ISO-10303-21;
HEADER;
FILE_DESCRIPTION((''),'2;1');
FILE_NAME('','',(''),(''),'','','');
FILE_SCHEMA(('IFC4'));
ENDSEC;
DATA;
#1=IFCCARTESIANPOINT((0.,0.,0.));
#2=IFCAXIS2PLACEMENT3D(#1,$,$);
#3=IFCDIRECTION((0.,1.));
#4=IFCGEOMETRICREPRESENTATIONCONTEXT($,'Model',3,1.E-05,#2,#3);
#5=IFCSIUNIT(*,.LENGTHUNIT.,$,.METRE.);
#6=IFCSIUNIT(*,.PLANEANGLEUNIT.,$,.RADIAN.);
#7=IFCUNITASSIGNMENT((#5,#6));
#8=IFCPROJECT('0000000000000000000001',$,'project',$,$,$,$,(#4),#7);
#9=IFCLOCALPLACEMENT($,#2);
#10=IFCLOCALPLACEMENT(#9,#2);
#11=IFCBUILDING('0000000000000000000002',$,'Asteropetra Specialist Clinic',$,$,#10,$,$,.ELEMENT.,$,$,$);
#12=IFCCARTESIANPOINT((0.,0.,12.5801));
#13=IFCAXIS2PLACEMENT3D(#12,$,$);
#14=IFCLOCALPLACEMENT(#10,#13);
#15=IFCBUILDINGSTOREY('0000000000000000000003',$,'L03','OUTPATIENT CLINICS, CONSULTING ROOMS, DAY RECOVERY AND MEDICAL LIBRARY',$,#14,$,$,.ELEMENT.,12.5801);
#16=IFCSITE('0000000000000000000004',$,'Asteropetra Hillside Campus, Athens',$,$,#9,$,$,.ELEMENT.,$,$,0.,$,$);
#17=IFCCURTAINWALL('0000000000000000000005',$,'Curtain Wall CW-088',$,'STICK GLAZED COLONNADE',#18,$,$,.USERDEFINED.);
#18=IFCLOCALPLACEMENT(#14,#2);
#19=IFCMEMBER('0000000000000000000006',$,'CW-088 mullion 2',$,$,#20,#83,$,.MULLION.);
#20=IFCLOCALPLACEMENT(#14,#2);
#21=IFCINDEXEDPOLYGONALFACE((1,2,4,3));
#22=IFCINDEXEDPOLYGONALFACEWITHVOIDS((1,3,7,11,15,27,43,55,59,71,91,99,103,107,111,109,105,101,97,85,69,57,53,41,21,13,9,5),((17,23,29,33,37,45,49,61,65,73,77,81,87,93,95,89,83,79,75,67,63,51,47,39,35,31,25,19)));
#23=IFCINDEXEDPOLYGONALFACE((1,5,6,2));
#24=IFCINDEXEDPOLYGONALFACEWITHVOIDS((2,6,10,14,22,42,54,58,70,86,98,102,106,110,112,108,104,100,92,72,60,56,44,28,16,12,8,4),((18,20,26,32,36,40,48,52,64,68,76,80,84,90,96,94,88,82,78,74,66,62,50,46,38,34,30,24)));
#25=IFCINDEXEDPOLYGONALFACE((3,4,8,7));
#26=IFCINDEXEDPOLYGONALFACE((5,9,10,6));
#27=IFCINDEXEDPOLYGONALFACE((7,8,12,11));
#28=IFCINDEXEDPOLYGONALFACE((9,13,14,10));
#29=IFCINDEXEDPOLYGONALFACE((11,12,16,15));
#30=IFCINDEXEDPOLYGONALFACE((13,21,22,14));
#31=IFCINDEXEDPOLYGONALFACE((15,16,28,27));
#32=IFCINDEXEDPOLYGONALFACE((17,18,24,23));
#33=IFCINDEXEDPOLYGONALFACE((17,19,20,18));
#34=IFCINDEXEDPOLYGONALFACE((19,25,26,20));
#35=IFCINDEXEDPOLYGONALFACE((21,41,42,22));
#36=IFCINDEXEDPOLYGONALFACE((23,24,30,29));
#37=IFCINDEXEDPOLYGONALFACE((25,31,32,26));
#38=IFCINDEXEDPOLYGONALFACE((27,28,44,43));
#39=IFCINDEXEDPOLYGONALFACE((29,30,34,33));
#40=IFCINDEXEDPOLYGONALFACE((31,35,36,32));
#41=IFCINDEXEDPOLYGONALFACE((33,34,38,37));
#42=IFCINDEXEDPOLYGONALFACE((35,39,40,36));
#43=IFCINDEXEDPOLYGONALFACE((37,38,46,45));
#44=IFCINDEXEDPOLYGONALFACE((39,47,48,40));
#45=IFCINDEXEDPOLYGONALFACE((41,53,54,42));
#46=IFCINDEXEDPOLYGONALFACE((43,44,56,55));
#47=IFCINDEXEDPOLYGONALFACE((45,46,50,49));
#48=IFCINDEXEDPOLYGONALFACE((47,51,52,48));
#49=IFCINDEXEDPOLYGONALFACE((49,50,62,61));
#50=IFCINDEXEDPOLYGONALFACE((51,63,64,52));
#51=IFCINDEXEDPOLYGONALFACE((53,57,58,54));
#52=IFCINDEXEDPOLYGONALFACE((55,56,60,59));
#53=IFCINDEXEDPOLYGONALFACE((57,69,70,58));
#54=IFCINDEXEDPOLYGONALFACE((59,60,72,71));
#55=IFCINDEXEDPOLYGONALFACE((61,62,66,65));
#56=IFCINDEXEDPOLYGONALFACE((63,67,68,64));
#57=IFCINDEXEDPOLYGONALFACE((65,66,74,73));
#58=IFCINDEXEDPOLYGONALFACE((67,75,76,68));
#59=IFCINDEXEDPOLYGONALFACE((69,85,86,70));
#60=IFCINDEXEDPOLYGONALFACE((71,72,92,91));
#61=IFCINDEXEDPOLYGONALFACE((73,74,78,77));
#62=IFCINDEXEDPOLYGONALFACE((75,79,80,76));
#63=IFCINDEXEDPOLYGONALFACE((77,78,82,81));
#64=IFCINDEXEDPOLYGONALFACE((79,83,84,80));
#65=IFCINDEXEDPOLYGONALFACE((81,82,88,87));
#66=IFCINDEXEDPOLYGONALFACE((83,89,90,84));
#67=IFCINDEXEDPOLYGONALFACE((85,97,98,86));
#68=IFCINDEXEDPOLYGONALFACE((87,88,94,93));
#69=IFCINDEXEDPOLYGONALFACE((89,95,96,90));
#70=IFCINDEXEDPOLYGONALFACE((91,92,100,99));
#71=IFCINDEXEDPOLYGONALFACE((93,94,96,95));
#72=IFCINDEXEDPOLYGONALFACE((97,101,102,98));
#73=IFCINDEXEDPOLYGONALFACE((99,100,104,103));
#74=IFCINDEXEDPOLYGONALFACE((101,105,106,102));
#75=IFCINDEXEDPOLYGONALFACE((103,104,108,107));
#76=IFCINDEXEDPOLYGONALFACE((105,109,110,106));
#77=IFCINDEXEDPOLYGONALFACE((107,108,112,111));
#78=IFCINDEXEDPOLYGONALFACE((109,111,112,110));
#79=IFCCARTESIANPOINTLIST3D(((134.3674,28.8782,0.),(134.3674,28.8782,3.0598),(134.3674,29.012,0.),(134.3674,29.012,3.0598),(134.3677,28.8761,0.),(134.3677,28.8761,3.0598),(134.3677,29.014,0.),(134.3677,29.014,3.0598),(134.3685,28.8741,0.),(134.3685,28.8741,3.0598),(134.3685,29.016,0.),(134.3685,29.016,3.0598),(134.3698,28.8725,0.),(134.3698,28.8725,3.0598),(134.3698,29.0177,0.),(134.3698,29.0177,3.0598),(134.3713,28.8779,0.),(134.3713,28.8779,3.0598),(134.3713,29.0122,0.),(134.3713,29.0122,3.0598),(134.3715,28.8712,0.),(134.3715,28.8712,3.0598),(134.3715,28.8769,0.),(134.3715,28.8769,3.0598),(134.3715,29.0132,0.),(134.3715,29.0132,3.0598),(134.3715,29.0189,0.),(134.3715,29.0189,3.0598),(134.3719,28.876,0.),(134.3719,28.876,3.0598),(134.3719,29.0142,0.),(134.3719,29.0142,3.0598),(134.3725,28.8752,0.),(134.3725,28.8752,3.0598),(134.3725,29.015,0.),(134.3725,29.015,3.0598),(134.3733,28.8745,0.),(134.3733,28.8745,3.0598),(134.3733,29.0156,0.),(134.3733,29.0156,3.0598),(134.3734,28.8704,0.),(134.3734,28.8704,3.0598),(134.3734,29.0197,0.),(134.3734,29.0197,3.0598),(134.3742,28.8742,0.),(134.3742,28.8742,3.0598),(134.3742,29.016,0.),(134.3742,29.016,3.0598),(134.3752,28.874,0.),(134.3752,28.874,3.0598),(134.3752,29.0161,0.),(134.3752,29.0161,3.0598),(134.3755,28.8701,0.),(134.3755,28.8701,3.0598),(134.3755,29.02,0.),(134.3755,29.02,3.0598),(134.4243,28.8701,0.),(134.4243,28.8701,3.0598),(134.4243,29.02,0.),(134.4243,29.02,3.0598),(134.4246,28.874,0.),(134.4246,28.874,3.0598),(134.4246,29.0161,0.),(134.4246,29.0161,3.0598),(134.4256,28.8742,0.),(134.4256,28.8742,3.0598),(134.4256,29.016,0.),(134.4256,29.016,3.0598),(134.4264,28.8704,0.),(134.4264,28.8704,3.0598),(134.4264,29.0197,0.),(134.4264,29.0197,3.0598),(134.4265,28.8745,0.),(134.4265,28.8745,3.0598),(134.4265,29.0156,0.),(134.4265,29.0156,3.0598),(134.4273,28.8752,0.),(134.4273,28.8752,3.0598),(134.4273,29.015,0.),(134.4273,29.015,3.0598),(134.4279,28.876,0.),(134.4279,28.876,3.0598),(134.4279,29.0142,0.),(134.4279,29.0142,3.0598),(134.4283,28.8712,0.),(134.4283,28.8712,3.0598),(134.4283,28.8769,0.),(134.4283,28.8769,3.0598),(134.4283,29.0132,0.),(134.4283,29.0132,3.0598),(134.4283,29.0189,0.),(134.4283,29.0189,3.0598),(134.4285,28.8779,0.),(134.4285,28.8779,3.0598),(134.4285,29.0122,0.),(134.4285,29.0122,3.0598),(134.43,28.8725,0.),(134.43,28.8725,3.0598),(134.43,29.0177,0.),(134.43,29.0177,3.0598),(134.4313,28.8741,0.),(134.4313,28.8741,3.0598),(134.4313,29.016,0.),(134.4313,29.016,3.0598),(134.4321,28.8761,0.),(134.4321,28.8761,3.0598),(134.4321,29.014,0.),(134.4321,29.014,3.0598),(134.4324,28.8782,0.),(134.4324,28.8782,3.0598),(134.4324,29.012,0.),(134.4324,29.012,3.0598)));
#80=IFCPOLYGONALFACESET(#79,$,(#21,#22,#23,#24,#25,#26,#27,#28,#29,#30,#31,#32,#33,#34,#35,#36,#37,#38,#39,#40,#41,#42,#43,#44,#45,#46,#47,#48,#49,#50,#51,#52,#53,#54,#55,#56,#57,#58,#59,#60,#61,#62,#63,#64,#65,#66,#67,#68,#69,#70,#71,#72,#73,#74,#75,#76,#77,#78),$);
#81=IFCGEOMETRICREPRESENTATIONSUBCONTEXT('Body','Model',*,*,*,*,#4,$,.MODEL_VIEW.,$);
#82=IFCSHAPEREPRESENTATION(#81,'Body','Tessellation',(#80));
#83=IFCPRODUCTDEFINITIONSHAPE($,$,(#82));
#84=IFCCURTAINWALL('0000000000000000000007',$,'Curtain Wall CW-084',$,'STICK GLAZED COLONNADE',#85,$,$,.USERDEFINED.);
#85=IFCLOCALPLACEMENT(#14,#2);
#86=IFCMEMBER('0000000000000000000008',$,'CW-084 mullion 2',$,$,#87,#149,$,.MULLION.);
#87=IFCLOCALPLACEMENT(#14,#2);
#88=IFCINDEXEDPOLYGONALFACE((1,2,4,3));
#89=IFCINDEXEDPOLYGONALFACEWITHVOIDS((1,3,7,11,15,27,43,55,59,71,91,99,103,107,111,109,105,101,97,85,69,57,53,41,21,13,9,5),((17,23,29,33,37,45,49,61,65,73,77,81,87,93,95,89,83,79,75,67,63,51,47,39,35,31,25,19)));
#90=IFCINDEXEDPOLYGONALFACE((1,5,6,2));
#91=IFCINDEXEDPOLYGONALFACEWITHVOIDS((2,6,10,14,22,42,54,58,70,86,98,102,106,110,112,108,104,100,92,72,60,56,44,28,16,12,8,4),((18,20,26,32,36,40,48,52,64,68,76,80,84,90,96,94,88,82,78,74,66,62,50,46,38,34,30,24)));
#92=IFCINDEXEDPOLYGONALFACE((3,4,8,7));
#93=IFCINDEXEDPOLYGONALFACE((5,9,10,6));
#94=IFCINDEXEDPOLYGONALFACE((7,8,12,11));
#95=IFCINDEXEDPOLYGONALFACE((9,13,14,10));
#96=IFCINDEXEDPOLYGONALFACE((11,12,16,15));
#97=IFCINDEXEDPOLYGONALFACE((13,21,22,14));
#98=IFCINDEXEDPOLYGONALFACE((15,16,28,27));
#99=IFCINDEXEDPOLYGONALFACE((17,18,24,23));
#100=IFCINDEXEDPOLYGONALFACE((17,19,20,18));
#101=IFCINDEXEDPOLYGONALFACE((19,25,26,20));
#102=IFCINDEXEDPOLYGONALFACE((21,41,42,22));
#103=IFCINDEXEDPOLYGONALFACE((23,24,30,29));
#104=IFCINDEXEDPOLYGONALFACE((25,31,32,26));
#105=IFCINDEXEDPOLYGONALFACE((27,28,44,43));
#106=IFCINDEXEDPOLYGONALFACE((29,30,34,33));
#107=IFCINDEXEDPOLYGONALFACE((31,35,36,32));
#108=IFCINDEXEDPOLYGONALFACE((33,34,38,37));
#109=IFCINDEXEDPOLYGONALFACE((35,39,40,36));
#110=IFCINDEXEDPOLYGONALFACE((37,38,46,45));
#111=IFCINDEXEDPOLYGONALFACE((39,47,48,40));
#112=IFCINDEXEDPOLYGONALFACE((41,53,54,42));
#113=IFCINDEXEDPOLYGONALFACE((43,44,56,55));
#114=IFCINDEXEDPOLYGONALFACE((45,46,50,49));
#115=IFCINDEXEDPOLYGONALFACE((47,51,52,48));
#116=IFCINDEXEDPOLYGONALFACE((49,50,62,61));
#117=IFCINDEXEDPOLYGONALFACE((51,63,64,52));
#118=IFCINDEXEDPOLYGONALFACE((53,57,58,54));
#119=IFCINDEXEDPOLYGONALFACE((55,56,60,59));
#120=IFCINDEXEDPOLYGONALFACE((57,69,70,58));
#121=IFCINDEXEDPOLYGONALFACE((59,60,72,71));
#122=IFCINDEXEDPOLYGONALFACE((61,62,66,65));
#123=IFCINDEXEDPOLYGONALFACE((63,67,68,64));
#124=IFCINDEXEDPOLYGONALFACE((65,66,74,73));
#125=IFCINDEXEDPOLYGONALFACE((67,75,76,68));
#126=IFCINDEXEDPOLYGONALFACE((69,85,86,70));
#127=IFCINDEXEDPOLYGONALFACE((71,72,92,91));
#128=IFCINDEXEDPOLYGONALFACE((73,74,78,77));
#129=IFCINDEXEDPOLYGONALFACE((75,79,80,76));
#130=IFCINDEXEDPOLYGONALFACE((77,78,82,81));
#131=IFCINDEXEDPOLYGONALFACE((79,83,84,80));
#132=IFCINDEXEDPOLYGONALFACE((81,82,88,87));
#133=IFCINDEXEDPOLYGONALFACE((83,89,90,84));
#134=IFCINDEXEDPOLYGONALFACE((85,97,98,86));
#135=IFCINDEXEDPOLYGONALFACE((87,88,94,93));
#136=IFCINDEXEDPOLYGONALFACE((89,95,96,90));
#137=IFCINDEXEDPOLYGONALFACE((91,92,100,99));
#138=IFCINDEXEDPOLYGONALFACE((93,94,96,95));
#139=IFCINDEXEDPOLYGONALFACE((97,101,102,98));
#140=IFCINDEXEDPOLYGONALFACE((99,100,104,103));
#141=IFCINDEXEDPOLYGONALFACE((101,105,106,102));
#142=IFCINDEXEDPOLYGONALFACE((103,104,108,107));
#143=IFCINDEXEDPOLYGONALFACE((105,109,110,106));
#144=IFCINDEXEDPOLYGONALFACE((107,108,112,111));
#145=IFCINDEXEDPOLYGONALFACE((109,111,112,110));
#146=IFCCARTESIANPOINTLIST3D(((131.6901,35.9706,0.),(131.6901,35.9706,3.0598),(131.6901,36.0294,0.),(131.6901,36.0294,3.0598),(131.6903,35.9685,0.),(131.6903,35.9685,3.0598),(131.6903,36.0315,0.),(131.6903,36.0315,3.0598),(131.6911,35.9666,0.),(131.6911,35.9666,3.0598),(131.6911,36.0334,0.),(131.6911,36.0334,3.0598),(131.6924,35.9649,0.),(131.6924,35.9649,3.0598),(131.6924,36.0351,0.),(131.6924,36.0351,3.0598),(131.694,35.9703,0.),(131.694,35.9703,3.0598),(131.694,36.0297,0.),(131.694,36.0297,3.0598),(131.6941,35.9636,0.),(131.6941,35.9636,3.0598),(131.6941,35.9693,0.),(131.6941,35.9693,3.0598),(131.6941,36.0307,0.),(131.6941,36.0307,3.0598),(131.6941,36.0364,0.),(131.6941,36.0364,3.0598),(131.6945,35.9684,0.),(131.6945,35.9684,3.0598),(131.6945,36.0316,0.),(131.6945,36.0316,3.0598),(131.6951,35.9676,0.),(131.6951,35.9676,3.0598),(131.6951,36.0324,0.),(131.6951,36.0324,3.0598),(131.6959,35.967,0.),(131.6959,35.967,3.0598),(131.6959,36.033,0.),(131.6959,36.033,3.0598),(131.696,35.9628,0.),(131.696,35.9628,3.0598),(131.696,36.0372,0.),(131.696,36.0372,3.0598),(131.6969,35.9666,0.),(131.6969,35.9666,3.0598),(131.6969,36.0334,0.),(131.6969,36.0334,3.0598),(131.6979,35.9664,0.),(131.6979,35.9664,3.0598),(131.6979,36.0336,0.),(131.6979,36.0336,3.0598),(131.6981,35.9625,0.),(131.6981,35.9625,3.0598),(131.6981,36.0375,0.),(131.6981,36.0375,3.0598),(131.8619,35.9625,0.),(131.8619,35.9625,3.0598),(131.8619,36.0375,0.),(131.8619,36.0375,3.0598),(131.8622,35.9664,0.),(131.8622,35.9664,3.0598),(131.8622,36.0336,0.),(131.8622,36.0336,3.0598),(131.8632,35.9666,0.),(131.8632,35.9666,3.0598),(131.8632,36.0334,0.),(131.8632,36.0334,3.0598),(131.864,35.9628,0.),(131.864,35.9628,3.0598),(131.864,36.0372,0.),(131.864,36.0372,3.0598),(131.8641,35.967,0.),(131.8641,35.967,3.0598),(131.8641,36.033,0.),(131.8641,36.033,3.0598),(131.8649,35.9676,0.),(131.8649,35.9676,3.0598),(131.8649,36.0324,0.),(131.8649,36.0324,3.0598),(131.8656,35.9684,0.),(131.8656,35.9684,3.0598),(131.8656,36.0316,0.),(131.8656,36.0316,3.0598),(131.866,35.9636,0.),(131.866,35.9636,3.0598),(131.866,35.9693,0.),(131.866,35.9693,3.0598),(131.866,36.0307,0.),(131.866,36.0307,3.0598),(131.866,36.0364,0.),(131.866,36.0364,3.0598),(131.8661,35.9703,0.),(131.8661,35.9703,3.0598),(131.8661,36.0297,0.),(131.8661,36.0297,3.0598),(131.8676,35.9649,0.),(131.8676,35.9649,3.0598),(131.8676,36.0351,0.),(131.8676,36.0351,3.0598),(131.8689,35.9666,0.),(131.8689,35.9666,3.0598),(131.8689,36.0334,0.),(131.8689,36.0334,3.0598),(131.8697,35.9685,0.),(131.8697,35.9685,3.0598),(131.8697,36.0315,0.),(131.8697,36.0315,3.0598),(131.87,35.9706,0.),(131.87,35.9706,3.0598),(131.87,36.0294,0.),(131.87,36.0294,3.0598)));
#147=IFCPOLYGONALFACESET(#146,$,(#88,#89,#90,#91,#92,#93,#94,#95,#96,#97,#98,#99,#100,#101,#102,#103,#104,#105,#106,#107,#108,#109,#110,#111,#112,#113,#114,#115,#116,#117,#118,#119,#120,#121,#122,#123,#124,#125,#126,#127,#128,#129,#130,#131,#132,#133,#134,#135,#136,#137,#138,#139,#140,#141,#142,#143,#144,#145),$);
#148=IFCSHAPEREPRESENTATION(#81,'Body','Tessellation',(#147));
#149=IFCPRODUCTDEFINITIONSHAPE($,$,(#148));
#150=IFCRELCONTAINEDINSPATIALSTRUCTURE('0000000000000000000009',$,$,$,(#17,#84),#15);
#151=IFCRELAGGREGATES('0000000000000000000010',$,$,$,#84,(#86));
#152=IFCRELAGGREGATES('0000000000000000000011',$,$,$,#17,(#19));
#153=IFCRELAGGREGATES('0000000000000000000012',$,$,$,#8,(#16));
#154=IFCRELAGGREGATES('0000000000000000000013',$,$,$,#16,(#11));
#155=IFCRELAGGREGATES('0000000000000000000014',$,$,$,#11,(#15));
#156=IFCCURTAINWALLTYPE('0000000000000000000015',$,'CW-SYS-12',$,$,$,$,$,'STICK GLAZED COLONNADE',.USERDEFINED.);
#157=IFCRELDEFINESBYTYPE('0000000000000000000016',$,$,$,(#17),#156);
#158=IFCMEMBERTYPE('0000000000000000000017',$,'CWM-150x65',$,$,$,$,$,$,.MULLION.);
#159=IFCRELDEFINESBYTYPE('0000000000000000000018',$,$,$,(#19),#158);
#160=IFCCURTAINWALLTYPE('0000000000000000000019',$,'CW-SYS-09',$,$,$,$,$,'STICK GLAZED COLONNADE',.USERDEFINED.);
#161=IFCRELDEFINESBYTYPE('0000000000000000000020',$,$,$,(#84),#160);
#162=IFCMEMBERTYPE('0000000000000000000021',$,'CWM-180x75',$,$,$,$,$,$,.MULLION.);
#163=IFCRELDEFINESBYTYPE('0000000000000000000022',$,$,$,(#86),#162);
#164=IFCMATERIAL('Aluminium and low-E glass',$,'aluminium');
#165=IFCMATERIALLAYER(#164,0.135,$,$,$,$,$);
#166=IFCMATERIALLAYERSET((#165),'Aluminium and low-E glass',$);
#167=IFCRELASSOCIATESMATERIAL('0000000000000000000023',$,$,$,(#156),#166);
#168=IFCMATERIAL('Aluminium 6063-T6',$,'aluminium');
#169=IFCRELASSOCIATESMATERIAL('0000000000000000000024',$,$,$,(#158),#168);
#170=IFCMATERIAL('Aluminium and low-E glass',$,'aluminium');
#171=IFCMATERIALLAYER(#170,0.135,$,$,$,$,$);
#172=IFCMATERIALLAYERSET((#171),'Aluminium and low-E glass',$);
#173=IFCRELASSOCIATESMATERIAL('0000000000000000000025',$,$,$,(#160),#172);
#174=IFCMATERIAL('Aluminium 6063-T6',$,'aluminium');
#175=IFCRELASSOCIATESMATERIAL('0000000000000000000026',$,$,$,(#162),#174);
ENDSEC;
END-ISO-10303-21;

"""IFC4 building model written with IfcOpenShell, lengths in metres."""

from ifc_helpers import new_model, si_unit, direction, frame, origin, origin_2d, place, context, subcontext, project, spatial, hollow_rectangle, extrude, material, layer, layer_set, material_profile, profile_set, type_object, element, aggregate, save


model = new_model("IFC4")

# Units and contexts
model_context = context("Model", 3, precision=1e-05, world=origin(), true_north=direction((0.0, 1.0)))
body_context = subcontext(model_context, "Body", "Model", "MODEL_VIEW")
ifc_project = project(units=[si_unit("LENGTHUNIT", "METRE"), si_unit("PLANEANGLEUNIT", "RADIAN")], contexts=[model_context])

# Site, building, storey
site_placement = place(None, origin())
site = spatial("IfcSite", under=ifc_project, at=site_placement, Name="Asteropetra Hillside Campus, Athens", CompositionType="ELEMENT", RefElevation=0.0)
building_placement = place(site_placement, origin())
building = spatial("IfcBuilding", under=site, at=building_placement, Name="Asteropetra Specialist Clinic", CompositionType="ELEMENT")
storey_placement = place(building_placement, frame((0.0, 0.0, 12.5801)))
storey = spatial("IfcBuildingStorey", under=building, at=storey_placement, Name="L03", Description="OUTPATIENT CLINICS, CONSULTING ROOMS, DAY RECOVERY AND MEDICAL LIBRARY", CompositionType="ELEMENT", Elevation=12.5801)

# Curtain walls, members
ifc_material_1 = material(Name="Aluminium and low-E glass", Category="aluminium")
ifc_layer_1 = layer(ifc_material_1, 0.135)
ifc_layer_set_1 = layer_set([ifc_layer_1], Name="Aluminium and low-E glass")
curtain_wall_type_1 = type_object("IfcCurtainWallType", Name="CW-SYS-12", ElementType="STICK GLAZED COLONNADE", PredefinedType="USERDEFINED", material=ifc_layer_set_1)
curtain_wall_1_placement = place(storey_placement, origin())
curtain_wall_1 = element("IfcCurtainWall", 1, at=curtain_wall_1_placement, inside=storey, type_object=curtain_wall_type_1, Name="Curtain Wall CW-088", ObjectType="STICK GLAZED COLONNADE", PredefinedType="USERDEFINED")
ifc_material_2 = material(Name="Aluminium 6063-T6", Category="aluminium")
ifc_material_profile_1 = material_profile(ifc_material_2, hollow_rectangle(XDim=0.0649, YDim=0.1499, WallThickness=0.0039, InnerFilletRadius=0.0039, OuterFilletRadius=0.0081, at=origin_2d()), Name="MUL 150x65x4.0")
ifc_profile_set_1 = profile_set([ifc_material_profile_1], Name="Aluminium 6063-T6")
member_type_1 = type_object("IfcMemberType", Name="CWM-150x65", PredefinedType="MULLION", material=ifc_profile_set_1)
member_1_placement = place(storey_placement, frame((134.3999, 28.9451, 0.0), z_axis=(0.0, 0.0, 1.0), x_axis=(-1.0, 0.0, 0.0)))
member_1 = element("IfcMember", 2, at=member_1_placement, type_object=member_type_1, Name="CW-088 mullion 2", PredefinedType="MULLION", context=body_context, shape_type="SweptSolid", body=[
    extrude(hollow_rectangle(XDim=0.0649, YDim=0.1499, WallThickness=0.0039, InnerFilletRadius=0.0039, OuterFilletRadius=0.0081, at=origin_2d()), origin(), (0.0, 0.0, 1.0), 3.0598),
])
ifc_material_3 = material(Name="Aluminium and low-E glass", Category="aluminium")
ifc_layer_2 = layer(ifc_material_3, 0.135)
ifc_layer_set_2 = layer_set([ifc_layer_2], Name="Aluminium and low-E glass")
curtain_wall_type_2 = type_object("IfcCurtainWallType", Name="CW-SYS-09", ElementType="STICK GLAZED COLONNADE", PredefinedType="USERDEFINED", material=ifc_layer_set_2)
curtain_wall_2_placement = place(storey_placement, origin())
curtain_wall_2 = element("IfcCurtainWall", 3, at=curtain_wall_2_placement, inside=storey, type_object=curtain_wall_type_2, Name="Curtain Wall CW-084", ObjectType="STICK GLAZED COLONNADE", PredefinedType="USERDEFINED")
ifc_material_4 = material(Name="Aluminium 6063-T6", Category="aluminium")
ifc_material_profile_2 = material_profile(ifc_material_4, hollow_rectangle(XDim=0.075, YDim=0.1799, WallThickness=0.0039, InnerFilletRadius=0.0039, OuterFilletRadius=0.0081, at=origin_2d()), Name="MUL 180x75x4.0")
ifc_profile_set_2 = profile_set([ifc_material_profile_2], Name="Aluminium 6063-T6")
member_type_2 = type_object("IfcMemberType", Name="CWM-180x75", PredefinedType="MULLION", material=ifc_profile_set_2)
member_2_placement = place(storey_placement, frame((131.78, 36.0, 0.0), z_axis=(0.0, 0.0, 1.0), x_axis=(0.0, -1.0, 0.0)))
member_2 = element("IfcMember", 4, at=member_2_placement, type_object=member_type_2, Name="CW-084 mullion 2", PredefinedType="MULLION", context=body_context, shape_type="SweptSolid", body=[
    extrude(hollow_rectangle(XDim=0.075, YDim=0.1799, WallThickness=0.0039, InnerFilletRadius=0.0039, OuterFilletRadius=0.0081, at=origin_2d()), origin(), (0.0, 0.0, 1.0), 3.0598),
])

aggregate(curtain_wall_2, [member_2])
aggregate(curtain_wall_1, [member_1])

save(model, "model.ifc")
